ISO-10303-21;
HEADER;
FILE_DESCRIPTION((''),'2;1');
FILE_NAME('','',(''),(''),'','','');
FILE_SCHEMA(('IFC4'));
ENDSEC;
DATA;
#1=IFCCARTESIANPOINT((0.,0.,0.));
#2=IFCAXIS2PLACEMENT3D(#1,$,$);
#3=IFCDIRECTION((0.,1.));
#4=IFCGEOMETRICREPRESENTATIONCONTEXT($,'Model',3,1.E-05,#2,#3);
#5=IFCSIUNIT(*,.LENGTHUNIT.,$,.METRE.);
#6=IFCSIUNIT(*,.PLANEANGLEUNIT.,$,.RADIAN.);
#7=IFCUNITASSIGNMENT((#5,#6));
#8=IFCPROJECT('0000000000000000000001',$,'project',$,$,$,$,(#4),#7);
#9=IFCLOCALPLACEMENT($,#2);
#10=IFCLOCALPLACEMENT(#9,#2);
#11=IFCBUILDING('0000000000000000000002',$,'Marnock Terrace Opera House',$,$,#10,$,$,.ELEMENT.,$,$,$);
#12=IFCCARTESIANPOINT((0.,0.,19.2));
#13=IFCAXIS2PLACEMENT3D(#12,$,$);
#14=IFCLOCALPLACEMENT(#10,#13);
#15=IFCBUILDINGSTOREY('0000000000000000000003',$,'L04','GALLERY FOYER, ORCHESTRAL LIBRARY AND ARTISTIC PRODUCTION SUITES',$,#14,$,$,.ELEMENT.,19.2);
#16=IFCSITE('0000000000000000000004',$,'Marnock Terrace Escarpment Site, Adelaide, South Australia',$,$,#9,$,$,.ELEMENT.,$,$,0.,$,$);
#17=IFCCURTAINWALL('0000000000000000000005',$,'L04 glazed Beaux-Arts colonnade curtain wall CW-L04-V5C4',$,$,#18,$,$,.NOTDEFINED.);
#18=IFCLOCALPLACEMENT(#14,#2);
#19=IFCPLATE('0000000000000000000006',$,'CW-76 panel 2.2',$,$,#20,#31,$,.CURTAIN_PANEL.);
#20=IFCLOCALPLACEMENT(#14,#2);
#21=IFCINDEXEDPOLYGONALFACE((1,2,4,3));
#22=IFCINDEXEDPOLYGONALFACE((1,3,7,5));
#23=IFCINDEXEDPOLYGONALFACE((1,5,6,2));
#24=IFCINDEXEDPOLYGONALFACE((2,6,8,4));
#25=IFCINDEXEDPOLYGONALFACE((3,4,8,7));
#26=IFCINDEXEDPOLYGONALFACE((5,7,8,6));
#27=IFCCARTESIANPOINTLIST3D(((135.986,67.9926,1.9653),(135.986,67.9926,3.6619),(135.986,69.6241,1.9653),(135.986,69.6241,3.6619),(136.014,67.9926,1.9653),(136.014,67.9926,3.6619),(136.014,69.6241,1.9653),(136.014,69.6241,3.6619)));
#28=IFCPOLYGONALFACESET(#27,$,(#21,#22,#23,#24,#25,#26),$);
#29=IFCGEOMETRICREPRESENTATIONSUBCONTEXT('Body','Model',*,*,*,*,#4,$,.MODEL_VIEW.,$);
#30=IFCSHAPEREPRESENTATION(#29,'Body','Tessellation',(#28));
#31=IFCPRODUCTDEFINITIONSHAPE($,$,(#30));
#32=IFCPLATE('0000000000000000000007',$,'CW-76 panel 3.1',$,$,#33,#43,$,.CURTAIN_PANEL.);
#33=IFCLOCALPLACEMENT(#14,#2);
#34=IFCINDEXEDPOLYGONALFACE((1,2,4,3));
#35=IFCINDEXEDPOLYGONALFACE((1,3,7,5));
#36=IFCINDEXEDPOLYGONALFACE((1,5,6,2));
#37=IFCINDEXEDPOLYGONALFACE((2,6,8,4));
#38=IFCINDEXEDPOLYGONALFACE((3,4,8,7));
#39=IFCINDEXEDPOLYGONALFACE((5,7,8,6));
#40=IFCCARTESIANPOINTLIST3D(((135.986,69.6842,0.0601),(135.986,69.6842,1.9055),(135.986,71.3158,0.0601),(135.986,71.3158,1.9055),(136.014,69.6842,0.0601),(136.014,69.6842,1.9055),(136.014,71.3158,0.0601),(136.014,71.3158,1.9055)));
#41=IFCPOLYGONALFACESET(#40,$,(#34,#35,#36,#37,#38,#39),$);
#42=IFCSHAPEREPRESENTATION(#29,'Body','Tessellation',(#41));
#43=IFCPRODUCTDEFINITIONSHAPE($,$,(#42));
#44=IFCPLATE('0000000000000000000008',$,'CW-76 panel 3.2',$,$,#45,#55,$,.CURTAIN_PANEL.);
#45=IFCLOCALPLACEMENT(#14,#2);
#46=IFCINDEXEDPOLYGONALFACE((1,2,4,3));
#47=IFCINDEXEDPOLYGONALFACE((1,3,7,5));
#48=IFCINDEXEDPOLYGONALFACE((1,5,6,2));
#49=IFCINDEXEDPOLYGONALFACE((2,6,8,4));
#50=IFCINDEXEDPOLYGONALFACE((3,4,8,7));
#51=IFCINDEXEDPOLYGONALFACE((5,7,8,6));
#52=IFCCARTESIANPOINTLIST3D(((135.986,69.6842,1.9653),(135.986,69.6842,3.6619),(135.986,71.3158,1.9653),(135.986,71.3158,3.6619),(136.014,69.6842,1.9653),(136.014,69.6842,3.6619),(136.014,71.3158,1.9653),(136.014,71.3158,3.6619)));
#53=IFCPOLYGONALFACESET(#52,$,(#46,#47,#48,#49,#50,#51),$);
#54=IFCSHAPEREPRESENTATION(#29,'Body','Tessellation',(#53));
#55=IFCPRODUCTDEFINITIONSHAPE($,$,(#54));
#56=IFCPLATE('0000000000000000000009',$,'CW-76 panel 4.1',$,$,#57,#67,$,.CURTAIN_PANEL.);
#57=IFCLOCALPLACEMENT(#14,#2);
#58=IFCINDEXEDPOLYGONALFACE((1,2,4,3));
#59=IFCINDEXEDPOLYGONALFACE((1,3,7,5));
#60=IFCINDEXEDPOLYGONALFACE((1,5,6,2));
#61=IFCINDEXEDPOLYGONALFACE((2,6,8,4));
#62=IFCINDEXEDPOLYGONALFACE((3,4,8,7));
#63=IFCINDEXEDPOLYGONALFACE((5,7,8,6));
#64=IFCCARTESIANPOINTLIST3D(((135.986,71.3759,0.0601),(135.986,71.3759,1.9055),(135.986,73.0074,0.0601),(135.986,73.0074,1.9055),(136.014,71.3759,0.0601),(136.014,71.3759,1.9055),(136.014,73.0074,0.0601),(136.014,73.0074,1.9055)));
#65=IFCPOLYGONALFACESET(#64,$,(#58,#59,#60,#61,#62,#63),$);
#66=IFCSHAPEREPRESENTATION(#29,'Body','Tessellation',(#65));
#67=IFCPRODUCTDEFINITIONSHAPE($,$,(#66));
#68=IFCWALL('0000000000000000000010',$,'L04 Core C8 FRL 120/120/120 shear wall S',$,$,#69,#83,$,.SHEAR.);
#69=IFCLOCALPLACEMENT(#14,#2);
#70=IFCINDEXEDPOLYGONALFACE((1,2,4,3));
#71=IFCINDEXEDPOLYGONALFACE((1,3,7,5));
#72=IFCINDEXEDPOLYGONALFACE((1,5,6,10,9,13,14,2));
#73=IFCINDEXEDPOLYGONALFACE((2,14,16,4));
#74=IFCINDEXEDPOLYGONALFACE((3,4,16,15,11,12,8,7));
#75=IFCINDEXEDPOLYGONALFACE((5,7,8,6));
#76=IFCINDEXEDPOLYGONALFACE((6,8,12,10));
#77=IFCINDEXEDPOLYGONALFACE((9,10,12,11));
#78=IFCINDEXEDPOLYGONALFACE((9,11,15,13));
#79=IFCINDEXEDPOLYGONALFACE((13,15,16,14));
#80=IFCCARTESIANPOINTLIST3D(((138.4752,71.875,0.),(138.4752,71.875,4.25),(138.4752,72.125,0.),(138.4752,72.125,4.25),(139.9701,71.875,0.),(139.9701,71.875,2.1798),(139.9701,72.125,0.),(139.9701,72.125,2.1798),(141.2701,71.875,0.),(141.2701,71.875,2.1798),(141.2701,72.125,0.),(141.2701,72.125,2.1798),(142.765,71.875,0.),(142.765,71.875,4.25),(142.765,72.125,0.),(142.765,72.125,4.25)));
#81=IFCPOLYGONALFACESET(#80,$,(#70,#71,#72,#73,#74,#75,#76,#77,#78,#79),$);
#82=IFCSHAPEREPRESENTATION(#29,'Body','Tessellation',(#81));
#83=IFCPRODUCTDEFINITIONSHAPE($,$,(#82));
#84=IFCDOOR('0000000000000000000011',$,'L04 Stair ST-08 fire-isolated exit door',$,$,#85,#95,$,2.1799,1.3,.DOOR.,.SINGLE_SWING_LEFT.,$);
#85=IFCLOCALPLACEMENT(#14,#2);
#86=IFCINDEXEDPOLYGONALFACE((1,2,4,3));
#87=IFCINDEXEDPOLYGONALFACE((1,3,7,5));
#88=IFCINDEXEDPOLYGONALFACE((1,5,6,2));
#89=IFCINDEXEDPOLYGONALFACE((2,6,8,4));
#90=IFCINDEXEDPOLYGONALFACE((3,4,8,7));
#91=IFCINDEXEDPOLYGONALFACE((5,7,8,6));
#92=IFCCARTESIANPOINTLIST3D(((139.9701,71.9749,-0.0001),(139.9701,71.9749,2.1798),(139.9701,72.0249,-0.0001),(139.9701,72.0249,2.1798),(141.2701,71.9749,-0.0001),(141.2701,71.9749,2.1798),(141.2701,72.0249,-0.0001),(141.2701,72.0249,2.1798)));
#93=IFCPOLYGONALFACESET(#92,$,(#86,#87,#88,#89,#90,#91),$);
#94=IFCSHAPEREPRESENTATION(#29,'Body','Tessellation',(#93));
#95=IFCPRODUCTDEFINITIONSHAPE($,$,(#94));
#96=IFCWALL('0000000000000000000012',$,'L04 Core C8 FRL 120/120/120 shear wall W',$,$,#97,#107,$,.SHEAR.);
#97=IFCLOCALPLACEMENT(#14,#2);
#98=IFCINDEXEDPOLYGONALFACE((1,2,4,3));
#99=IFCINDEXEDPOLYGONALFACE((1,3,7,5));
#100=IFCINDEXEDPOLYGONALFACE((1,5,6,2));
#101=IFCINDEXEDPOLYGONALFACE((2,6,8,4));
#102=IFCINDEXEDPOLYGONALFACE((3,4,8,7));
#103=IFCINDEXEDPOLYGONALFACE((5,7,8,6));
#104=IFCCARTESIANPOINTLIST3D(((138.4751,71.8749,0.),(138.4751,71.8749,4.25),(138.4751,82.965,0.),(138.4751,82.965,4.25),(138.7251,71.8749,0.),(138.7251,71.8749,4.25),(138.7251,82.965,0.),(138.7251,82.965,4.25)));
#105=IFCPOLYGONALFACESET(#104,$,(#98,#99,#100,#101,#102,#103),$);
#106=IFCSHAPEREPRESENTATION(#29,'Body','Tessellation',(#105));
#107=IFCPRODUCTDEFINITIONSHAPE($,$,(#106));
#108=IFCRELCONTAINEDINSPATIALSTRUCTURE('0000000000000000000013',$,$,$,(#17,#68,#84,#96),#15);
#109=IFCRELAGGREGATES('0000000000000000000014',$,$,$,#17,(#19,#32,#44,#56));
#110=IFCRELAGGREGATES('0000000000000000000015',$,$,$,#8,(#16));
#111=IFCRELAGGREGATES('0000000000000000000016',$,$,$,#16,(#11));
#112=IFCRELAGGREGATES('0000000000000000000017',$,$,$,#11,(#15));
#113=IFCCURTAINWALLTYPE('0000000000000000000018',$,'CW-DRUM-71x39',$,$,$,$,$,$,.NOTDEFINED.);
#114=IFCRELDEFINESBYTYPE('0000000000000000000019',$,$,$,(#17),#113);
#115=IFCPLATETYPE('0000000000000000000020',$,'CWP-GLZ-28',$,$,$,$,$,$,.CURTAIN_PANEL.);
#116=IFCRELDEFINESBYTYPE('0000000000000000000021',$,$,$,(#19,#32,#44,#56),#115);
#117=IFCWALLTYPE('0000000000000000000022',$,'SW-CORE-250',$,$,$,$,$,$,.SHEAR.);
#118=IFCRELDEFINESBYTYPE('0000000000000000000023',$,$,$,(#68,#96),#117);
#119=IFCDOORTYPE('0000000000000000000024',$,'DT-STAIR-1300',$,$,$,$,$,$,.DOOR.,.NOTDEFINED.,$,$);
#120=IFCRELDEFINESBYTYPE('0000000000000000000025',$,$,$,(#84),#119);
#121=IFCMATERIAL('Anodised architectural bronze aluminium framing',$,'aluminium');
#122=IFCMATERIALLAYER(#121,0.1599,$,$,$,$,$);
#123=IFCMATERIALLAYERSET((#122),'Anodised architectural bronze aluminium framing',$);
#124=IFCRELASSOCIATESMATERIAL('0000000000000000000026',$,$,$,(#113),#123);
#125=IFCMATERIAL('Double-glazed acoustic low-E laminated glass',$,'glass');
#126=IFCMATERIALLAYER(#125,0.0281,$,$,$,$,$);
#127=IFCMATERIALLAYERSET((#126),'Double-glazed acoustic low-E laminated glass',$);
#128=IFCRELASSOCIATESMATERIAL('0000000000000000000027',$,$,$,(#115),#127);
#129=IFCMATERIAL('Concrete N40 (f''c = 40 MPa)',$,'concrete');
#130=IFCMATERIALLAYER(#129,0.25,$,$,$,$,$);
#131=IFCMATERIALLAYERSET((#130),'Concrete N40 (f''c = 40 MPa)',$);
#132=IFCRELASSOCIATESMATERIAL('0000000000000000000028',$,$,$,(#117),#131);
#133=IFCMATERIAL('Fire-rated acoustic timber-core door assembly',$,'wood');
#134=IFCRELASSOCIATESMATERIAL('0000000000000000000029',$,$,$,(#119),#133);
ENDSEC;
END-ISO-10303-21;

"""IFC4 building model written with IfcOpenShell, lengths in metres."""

from ifc_helpers import new_model, si_unit, direction, frame, frame_2d, origin, origin_2d, place, context, subcontext, project, spatial, rectangle, extrude, material, layer, layer_set, type_object, element, fill, aggregate, save


model = new_model("IFC4")

# Units and contexts
model_context = context("Model", 3, precision=1e-05, world=origin(), true_north=direction((0.0, 1.0)))
body_context = subcontext(model_context, "Body", "Model", "MODEL_VIEW")
ifc_project = project(units=[si_unit("LENGTHUNIT", "METRE"), si_unit("PLANEANGLEUNIT", "RADIAN")], contexts=[model_context])

# Site, building, storey
site_placement = place(None, origin())
site = spatial("IfcSite", under=ifc_project, at=site_placement, Name="Marnock Terrace Escarpment Site, Adelaide, South Australia", CompositionType="ELEMENT", RefElevation=0.0)
building_placement = place(site_placement, origin())
building = spatial("IfcBuilding", under=site, at=building_placement, Name="Marnock Terrace Opera House", CompositionType="ELEMENT")
storey_placement = place(building_placement, frame((0.0, 0.0, 19.2)))
storey = spatial("IfcBuildingStorey", under=building, at=storey_placement, Name="L04", Description="GALLERY FOYER, ORCHESTRAL LIBRARY AND ARTISTIC PRODUCTION SUITES", CompositionType="ELEMENT", Elevation=19.2)

# Shared definitions
ifc_material_1 = material(Name="Concrete N40 (f'c = 40 MPa)", Category="concrete")

# Curtain wall, plates
ifc_material_2 = material(Name="Anodised architectural bronze aluminium framing", Category="aluminium")
ifc_layer_1 = layer(ifc_material_2, 0.1599)
ifc_layer_set_1 = layer_set([ifc_layer_1], Name="Anodised architectural bronze aluminium framing")
curtain_wall_type = type_object("IfcCurtainWallType", Name="CW-DRUM-71x39", PredefinedType="NOTDEFINED", material=ifc_layer_set_1)
curtain_wall_placement = place(storey_placement, origin())
curtain_wall = element("IfcCurtainWall", 1, at=curtain_wall_placement, inside=storey, type_object=curtain_wall_type, Name="L04 glazed Beaux-Arts colonnade curtain wall CW-L04-V5C4", PredefinedType="NOTDEFINED")
ifc_material_3 = material(Name="Double-glazed acoustic low-E laminated glass", Category="glass")
ifc_layer_2 = layer(ifc_material_3, 0.0281)
ifc_layer_set_2 = layer_set([ifc_layer_2], Name="Double-glazed acoustic low-E laminated glass")
plate_type = type_object("IfcPlateType", Name="CWP-GLZ-28", PredefinedType="CURTAIN_PANEL", material=ifc_layer_set_2)
plate_1_placement = place(storey_placement, frame((136.0, 68.8083, 1.9653), z_axis=(0.0, 0.0, 1.0), x_axis=(0.0, 1.0, 0.0)))
plate_1 = element("IfcPlate", 2, at=plate_1_placement, type_object=plate_type, Name="CW-76 panel 2.2", PredefinedType="CURTAIN_PANEL", context=body_context, shape_type="SweptSolid", body=[
    extrude(rectangle(XDim=1.6316, YDim=0.0281, at=origin_2d()), origin(), (0.0, 0.0, 1.0), 1.6965),
])
plate_2_placement = place(storey_placement, frame((136.0, 70.5, 0.0601), z_axis=(0.0, 0.0, 1.0), x_axis=(0.0, 1.0, 0.0)))
plate_2 = element("IfcPlate", 3, at=plate_2_placement, type_object=plate_type, Name="CW-76 panel 3.1", PredefinedType="CURTAIN_PANEL", context=body_context, shape_type="SweptSolid", body=[
    extrude(rectangle(XDim=1.6316, YDim=0.0281, at=origin_2d()), origin(), (0.0, 0.0, 1.0), 1.8455),
])
plate_3_placement = place(storey_placement, frame((136.0, 70.5, 1.9653), z_axis=(0.0, 0.0, 1.0), x_axis=(0.0, 1.0, 0.0)))
plate_3 = element("IfcPlate", 4, at=plate_3_placement, type_object=plate_type, Name="CW-76 panel 3.2", PredefinedType="CURTAIN_PANEL", context=body_context, shape_type="SweptSolid", body=[
    extrude(rectangle(XDim=1.6316, YDim=0.0281, at=origin_2d()), origin(), (0.0, 0.0, 1.0), 1.6965),
])
plate_4_placement = place(storey_placement, frame((136.0, 72.1917, 0.0601), z_axis=(0.0, 0.0, 1.0), x_axis=(0.0, 1.0, 0.0)))
plate_4 = element("IfcPlate", 5, at=plate_4_placement, type_object=plate_type, Name="CW-76 panel 4.1", PredefinedType="CURTAIN_PANEL", context=body_context, shape_type="SweptSolid", body=[
    extrude(rectangle(XDim=1.6316, YDim=0.0281, at=origin_2d()), origin(), (0.0, 0.0, 1.0), 1.8455),
])
aggregate(curtain_wall, [plate_1, plate_2, plate_3, plate_4])

# Wall, opening, door
ifc_layer_3 = layer(ifc_material_1, 0.25)
ifc_layer_set_3 = layer_set([ifc_layer_3], Name="Concrete N40 (f'c = 40 MPa)")
wall_type = type_object("IfcWallType", Name="SW-CORE-250", PredefinedType="SHEAR", material=ifc_layer_set_3)
wall_1_placement = place(storey_placement, frame((138.4751, 72.0, 0.0), z_axis=(0.0, 0.0, 1.0), x_axis=(1.0, 0.0, 0.0)))
wall_1 = element("IfcWall", 6, at=wall_1_placement, inside=storey, type_object=wall_type, Name="L04 Core C8 FRL 120/120/120 shear wall S", PredefinedType="SHEAR", context=body_context, shape_type="SweptSolid", body=[
    extrude(rectangle(XDim=4.2898, YDim=0.25, at=frame_2d((2.145, 0.0))), origin(), (0.0, 0.0, 1.0), 4.25),
])
opening_placement = place(wall_1_placement, frame((1.4951, 0.0, 0.0)))
opening = element("IfcOpeningElement", 7, at=opening_placement, cuts=wall_1, PredefinedType="OPENING", context=body_context, shape_type="SweptSolid", body=[
    extrude(rectangle(XDim=1.3, YDim=2.1799, at=frame_2d((0.6499, 1.0898))), frame((0.0, 0.135, 0.0), z_axis=(0.0, -1.0, 0.0), x_axis=(1.0, 0.0, 0.0)), (0.0, 0.0, 1.0), 0.27),
])
ifc_material_4 = material(Name="Fire-rated acoustic timber-core door assembly", Category="wood")
door_type = type_object("IfcDoorType", Name="DT-STAIR-1300", OperationType="NOTDEFINED", PredefinedType="DOOR", material=ifc_material_4)
door_placement = place(opening_placement, origin())
door = element("IfcDoor", 8, at=door_placement, inside=storey, type_object=door_type, Name="L04 Stair ST-08 fire-isolated exit door", OperationType="SINGLE_SWING_LEFT", OverallHeight=2.1799, OverallWidth=1.3, PredefinedType="DOOR", context=body_context, shape_type="SweptSolid", body=[
    extrude(rectangle(XDim=1.3, YDim=2.1799, at=frame_2d((0.6499, 1.0898))), frame((0.0, 0.0249, 0.0), z_axis=(0.0, -1.0, 0.0), x_axis=(1.0, 0.0, 0.0)), (0.0, 0.0, 1.0), 0.05),
])
fill(opening, door)

# Wall
wall_2_placement = place(storey_placement, frame((138.6001, 71.875, 0.0), z_axis=(0.0, 0.0, 1.0), x_axis=(0.0, 1.0, 0.0)))
element("IfcWall", 9, at=wall_2_placement, inside=storey, type_object=wall_type, Name="L04 Core C8 FRL 120/120/120 shear wall W", PredefinedType="SHEAR", context=body_context, shape_type="SweptSolid", body=[
    extrude(rectangle(XDim=11.0901, YDim=0.25, at=frame_2d((5.5449, 0.0))), origin(), (0.0, 0.0, 1.0), 4.25),
])

save(model, "model.ifc")
